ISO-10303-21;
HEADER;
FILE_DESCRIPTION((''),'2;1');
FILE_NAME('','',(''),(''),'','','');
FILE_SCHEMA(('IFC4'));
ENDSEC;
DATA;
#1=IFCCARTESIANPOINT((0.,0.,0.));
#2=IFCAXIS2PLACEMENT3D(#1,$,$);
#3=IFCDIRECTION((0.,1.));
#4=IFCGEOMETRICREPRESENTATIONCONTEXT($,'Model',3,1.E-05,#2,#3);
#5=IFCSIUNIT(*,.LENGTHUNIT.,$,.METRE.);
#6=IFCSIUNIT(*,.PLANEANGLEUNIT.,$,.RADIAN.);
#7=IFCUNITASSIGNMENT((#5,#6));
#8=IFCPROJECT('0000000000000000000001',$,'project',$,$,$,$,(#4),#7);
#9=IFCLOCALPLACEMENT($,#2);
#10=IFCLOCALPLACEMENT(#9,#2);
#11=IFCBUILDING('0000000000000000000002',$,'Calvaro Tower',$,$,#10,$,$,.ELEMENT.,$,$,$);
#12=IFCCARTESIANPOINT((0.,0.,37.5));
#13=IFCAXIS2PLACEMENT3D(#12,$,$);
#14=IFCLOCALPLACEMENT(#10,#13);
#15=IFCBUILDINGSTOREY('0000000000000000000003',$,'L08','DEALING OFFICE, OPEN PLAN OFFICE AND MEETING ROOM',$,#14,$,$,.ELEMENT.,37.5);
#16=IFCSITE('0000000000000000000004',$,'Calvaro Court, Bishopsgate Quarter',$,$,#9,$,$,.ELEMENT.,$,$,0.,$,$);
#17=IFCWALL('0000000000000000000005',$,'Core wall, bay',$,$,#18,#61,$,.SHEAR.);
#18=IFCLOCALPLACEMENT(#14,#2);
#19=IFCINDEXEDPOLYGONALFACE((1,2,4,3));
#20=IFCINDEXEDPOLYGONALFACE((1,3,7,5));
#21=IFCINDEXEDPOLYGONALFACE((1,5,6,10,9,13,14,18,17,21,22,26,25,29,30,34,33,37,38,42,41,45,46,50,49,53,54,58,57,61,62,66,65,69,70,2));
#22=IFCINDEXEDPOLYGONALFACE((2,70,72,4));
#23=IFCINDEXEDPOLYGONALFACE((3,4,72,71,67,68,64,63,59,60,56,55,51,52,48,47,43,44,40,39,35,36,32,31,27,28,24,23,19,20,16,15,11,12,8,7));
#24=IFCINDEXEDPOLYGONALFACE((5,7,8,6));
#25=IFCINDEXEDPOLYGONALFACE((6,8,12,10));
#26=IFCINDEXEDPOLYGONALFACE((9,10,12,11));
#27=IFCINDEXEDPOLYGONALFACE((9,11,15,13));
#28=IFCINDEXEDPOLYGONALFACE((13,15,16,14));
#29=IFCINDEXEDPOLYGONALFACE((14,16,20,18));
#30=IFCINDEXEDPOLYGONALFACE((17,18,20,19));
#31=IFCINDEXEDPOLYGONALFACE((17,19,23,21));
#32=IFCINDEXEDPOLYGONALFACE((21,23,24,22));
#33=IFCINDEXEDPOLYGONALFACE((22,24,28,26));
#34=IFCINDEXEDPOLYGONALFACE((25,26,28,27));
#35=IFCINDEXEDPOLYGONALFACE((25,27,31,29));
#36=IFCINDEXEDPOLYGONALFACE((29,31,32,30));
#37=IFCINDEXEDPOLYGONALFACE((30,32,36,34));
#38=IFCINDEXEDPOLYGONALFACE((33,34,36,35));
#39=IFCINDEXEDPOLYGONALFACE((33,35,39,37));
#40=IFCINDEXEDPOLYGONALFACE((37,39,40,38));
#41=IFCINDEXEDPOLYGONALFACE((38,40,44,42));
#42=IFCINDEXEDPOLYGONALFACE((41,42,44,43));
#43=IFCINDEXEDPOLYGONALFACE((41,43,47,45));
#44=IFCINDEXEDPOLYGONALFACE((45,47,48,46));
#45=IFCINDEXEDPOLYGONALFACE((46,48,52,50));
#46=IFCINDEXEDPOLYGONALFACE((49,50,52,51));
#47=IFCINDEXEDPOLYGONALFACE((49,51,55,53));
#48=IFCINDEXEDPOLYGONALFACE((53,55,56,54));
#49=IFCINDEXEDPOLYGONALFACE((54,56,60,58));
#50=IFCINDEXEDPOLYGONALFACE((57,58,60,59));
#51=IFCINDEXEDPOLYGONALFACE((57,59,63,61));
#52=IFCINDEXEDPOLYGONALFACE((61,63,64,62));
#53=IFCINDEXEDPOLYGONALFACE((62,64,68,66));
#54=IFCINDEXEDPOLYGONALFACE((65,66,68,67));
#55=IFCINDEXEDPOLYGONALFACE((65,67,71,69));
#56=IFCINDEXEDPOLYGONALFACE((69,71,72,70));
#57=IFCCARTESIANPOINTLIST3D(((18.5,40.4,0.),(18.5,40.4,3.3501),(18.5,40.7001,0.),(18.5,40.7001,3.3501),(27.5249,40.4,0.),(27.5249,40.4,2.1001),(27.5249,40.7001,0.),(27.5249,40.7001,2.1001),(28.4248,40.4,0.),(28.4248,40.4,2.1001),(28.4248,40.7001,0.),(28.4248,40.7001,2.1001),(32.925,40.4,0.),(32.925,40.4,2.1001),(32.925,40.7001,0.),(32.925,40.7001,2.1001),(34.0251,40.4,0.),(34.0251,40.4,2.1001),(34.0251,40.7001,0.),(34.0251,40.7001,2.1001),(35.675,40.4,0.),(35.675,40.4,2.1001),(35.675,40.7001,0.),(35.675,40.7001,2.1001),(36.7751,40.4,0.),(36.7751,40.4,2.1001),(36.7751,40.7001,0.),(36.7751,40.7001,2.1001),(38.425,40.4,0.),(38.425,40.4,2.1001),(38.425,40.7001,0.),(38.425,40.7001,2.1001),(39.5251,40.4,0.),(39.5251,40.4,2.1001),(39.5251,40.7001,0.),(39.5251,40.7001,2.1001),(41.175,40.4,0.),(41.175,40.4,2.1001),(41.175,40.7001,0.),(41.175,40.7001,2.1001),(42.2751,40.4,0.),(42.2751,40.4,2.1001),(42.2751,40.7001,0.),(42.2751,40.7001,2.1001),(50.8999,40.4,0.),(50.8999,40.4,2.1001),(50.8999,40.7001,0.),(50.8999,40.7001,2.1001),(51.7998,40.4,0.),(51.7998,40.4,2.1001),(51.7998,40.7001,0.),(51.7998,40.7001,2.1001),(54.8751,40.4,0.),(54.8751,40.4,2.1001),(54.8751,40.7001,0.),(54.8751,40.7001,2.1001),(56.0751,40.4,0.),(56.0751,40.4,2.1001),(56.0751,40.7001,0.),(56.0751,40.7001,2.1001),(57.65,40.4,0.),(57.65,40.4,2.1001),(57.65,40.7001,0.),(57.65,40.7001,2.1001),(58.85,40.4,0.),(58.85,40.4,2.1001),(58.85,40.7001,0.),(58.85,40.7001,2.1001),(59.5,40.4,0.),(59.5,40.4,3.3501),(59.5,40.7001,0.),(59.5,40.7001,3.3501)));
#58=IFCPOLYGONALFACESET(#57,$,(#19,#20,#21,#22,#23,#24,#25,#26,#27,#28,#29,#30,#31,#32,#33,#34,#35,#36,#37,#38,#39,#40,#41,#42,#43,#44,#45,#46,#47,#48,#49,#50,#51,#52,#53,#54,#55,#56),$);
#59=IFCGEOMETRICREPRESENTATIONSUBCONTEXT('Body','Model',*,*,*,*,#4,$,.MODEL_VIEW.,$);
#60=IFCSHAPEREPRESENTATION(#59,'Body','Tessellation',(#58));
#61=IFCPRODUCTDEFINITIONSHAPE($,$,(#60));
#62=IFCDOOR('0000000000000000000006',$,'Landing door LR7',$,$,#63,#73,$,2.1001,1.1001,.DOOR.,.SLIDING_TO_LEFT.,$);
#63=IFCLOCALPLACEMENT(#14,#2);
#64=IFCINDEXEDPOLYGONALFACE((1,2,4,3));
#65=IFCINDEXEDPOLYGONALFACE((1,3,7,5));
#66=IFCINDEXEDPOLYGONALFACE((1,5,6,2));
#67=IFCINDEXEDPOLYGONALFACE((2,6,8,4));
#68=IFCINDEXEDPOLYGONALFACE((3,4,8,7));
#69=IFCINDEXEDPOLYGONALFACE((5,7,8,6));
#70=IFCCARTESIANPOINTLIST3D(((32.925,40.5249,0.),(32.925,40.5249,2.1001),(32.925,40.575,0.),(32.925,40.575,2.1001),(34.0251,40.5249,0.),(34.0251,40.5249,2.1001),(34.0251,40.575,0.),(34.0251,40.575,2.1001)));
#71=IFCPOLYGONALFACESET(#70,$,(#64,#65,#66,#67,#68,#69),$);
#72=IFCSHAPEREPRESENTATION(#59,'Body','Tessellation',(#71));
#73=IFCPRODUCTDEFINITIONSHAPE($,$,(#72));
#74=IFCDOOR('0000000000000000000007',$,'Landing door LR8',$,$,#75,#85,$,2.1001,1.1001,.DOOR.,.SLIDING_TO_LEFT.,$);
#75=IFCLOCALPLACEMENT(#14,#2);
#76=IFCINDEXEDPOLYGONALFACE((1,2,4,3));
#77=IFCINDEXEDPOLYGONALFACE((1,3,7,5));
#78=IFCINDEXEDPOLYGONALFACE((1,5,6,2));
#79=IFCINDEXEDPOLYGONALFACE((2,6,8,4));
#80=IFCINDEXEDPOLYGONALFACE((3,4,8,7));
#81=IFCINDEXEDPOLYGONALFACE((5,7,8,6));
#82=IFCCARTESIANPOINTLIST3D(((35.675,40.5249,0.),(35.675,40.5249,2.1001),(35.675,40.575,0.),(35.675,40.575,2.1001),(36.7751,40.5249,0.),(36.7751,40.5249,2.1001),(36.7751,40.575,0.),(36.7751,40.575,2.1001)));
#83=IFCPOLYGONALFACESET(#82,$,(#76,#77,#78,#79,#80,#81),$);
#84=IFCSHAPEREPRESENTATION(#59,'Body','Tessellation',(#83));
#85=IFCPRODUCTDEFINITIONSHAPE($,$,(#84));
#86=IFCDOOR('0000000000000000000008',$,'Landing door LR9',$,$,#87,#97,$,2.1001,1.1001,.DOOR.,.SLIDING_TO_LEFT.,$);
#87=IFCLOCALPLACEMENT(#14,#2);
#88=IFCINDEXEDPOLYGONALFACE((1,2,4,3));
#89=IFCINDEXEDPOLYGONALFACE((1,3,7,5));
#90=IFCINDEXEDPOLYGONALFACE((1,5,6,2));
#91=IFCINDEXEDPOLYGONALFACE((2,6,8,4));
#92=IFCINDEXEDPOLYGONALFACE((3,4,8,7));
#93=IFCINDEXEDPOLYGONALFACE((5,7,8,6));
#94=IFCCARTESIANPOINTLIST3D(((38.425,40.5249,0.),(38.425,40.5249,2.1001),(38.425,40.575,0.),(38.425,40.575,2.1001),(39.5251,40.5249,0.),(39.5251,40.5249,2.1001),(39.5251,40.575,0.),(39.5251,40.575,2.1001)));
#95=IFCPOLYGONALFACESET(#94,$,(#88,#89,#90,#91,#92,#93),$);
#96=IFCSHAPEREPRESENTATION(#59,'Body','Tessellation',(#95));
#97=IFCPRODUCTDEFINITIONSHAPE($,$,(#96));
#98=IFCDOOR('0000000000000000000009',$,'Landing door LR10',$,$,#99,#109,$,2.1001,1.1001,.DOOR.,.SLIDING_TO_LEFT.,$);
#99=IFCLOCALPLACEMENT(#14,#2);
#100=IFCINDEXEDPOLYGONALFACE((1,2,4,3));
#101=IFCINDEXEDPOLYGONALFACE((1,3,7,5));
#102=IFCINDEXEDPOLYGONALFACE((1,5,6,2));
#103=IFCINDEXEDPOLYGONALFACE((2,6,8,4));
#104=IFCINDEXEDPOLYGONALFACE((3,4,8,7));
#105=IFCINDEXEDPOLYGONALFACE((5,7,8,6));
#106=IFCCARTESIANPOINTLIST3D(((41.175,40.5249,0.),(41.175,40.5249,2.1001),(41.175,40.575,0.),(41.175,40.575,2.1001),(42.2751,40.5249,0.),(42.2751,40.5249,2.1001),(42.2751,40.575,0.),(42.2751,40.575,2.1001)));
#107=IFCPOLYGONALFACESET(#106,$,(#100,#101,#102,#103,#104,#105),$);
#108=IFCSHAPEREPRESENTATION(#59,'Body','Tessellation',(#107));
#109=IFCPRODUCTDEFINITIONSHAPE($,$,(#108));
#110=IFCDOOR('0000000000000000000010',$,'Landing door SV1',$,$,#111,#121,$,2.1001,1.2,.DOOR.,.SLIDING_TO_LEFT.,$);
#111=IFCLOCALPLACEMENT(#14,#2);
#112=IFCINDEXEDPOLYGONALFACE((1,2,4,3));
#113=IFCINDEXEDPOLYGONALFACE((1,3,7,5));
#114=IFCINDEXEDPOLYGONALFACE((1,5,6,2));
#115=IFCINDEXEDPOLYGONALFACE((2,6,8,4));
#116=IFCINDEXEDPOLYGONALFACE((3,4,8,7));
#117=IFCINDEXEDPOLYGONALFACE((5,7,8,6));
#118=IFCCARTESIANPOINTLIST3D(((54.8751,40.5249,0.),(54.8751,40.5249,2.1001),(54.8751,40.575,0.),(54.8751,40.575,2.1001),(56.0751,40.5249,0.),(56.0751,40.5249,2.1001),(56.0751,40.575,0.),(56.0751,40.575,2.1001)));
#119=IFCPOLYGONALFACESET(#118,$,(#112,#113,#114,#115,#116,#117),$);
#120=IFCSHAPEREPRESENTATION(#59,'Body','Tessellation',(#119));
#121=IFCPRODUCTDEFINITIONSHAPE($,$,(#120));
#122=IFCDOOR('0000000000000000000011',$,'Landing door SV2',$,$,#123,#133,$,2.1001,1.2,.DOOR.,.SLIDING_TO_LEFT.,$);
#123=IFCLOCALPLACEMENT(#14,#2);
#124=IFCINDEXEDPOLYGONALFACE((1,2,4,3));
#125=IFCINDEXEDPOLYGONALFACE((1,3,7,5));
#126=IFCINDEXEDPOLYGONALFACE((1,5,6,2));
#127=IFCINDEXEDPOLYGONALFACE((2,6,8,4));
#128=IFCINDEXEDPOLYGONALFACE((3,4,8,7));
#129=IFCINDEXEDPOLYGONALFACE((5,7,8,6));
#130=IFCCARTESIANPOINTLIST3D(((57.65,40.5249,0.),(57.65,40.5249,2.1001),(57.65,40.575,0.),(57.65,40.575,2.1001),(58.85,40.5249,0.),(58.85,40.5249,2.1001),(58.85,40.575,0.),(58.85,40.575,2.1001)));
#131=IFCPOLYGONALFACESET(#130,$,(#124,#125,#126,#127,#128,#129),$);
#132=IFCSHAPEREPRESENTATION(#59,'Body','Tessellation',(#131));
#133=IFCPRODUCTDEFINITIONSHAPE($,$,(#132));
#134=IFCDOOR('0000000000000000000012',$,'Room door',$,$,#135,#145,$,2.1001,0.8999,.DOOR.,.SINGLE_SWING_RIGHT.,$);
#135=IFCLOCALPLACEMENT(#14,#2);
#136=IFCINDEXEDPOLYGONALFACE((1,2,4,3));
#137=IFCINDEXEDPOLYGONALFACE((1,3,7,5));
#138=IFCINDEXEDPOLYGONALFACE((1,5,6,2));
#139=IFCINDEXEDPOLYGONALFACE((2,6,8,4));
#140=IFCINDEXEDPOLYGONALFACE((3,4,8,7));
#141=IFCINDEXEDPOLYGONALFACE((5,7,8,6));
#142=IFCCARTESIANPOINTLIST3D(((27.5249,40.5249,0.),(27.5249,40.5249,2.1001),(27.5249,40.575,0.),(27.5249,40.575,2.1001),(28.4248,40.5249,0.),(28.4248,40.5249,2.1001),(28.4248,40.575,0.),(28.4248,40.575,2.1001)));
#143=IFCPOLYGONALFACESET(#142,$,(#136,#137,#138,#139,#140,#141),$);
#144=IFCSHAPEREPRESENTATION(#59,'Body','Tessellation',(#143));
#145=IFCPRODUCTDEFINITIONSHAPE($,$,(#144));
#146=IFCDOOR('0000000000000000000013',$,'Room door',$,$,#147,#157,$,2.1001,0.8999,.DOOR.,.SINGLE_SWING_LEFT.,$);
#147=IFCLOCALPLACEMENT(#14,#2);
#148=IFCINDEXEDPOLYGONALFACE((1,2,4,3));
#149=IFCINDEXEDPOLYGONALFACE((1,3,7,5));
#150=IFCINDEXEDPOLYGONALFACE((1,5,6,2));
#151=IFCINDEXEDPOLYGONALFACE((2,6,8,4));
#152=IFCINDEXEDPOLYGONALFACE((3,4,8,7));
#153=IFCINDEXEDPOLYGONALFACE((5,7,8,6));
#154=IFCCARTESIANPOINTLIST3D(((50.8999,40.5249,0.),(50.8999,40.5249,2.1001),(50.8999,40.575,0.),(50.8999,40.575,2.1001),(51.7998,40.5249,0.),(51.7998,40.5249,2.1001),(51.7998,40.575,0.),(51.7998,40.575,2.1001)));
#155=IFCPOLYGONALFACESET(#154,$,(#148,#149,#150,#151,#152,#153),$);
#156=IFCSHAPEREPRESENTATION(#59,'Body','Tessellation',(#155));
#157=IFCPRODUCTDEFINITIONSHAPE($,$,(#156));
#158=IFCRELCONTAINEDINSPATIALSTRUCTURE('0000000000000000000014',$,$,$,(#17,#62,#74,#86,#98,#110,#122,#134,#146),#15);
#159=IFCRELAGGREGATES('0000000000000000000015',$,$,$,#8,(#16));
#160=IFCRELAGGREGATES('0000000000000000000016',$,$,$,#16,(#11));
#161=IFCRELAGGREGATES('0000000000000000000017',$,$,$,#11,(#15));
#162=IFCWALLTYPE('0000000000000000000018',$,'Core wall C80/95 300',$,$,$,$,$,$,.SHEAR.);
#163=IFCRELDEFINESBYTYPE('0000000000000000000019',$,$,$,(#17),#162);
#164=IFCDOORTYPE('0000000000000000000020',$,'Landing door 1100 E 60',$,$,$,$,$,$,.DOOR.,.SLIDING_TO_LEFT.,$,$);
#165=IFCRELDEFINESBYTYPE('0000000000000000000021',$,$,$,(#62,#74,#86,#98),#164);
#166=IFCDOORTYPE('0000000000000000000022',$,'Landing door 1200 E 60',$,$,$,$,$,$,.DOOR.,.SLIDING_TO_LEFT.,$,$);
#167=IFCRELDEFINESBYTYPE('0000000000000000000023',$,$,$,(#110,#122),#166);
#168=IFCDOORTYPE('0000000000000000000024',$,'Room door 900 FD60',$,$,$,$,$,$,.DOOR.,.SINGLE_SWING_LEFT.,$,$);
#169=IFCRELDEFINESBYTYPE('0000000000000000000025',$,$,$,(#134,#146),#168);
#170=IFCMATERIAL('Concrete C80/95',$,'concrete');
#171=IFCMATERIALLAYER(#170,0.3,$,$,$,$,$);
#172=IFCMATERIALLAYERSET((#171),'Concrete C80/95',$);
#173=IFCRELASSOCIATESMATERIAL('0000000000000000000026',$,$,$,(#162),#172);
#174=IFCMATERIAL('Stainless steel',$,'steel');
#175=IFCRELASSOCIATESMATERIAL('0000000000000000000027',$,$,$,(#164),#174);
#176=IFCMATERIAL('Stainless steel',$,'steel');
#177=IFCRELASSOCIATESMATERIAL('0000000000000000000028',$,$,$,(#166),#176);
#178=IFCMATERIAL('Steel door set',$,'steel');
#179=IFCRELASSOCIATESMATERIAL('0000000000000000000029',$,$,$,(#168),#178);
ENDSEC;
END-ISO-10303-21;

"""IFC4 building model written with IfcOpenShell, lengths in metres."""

from ifc_helpers import new_model, si_unit, direction, frame, frame_2d, origin, place, context, subcontext, project, spatial, rectangle, extrude, material, layer, layer_set, type_object, element, fill, save


model = new_model("IFC4")

# Units and contexts
model_context = context("Model", 3, precision=1e-05, world=origin(), true_north=direction((0.0, 1.0)))
body_context = subcontext(model_context, "Body", "Model", "MODEL_VIEW")
ifc_project = project(units=[si_unit("LENGTHUNIT", "METRE"), si_unit("PLANEANGLEUNIT", "RADIAN")], contexts=[model_context])

# Site, building, storey
site_placement = place(None, origin())
site = spatial("IfcSite", under=ifc_project, at=site_placement, Name="Calvaro Court, Bishopsgate Quarter", CompositionType="ELEMENT", RefElevation=0.0)
building_placement = place(site_placement, origin())
building = spatial("IfcBuilding", under=site, at=building_placement, Name="Calvaro Tower", CompositionType="ELEMENT")
storey_placement = place(building_placement, frame((0.0, 0.0, 37.5)))
storey = spatial("IfcBuildingStorey", under=building, at=storey_placement, Name="L08", Description="DEALING OFFICE, OPEN PLAN OFFICE AND MEETING ROOM", CompositionType="ELEMENT", Elevation=37.5)

# Shared definitions
ifc_material_1 = material(Name="Concrete C80/95", Category="concrete")
ifc_layer_1 = layer(ifc_material_1, 0.3)
ifc_layer_set_1 = layer_set([ifc_layer_1], Name="Concrete C80/95")
wall_type_1 = type_object("IfcWallType", Name="Core wall C80/95 300", PredefinedType="SHEAR", material=ifc_layer_set_1)
ifc_material_2 = material(Name="Stainless steel", Category="steel")
door_type_1 = type_object("IfcDoorType", Name="Landing door 1100 E 60", OperationType="SLIDING_TO_LEFT", PredefinedType="DOOR", material=ifc_material_2)

# Wall, openings, doors
wall_1_placement = place(storey_placement, frame((18.5, 40.55, 0.0), z_axis=(0.0, 0.0, 1.0), x_axis=(1.0, 0.0, 0.0)))
wall_1 = element("IfcWall", 1, at=wall_1_placement, inside=storey, type_object=wall_type_1, Name="Core wall, bay", PredefinedType="SHEAR", context=body_context, shape_type="SweptSolid", body=[
    extrude(rectangle(XDim=41.0, YDim=0.3, at=frame_2d((20.5, 0.0))), origin(), (0.0, 0.0, 1.0), 3.3501),
])
opening_1_placement = place(wall_1_placement, frame((9.0249, 0.0, 0.0)))
opening_1 = element("IfcOpeningElement", 2, at=opening_1_placement, cuts=wall_1, PredefinedType="OPENING", context=body_context, shape_type="SweptSolid", body=[
    extrude(rectangle(XDim=0.8999, YDim=2.1001, at=frame_2d((0.45, 1.05))), frame((0.0, 0.1599, 0.0), z_axis=(0.0, -1.0, 0.0), x_axis=(1.0, 0.0, 0.0)), (0.0, 0.0, 1.0), 0.3201),
])
opening_2_placement = place(wall_1_placement, frame((32.3999, 0.0, 0.0)))
opening_2 = element("IfcOpeningElement", 3, at=opening_2_placement, cuts=wall_1, PredefinedType="OPENING", context=body_context, shape_type="SweptSolid", body=[
    extrude(rectangle(XDim=0.8999, YDim=2.1001, at=frame_2d((0.45, 1.05))), frame((0.0, 0.1599, 0.0), z_axis=(0.0, -1.0, 0.0), x_axis=(1.0, 0.0, 0.0)), (0.0, 0.0, 1.0), 0.3201),
])
opening_3_placement = place(wall_1_placement, frame((14.425, 0.0, 0.0)))
opening_3 = element("IfcOpeningElement", 4, at=opening_3_placement, cuts=wall_1, PredefinedType="OPENING", context=body_context, shape_type="SweptSolid", body=[
    extrude(rectangle(XDim=1.1001, YDim=2.1001, at=frame_2d((0.55, 1.05))), frame((0.0, 0.1599, 0.0), z_axis=(0.0, -1.0, 0.0), x_axis=(1.0, 0.0, 0.0)), (0.0, 0.0, 1.0), 0.3201),
])
opening_4_placement = place(wall_1_placement, frame((17.175, 0.0, 0.0)))
opening_4 = element("IfcOpeningElement", 5, at=opening_4_placement, cuts=wall_1, PredefinedType="OPENING", context=body_context, shape_type="SweptSolid", body=[
    extrude(rectangle(XDim=1.1001, YDim=2.1001, at=frame_2d((0.55, 1.05))), frame((0.0, 0.1599, 0.0), z_axis=(0.0, -1.0, 0.0), x_axis=(1.0, 0.0, 0.0)), (0.0, 0.0, 1.0), 0.3201),
])
opening_5_placement = place(wall_1_placement, frame((19.925, 0.0, 0.0)))
opening_5 = element("IfcOpeningElement", 6, at=opening_5_placement, cuts=wall_1, PredefinedType="OPENING", context=body_context, shape_type="SweptSolid", body=[
    extrude(rectangle(XDim=1.1001, YDim=2.1001, at=frame_2d((0.55, 1.05))), frame((0.0, 0.1599, 0.0), z_axis=(0.0, -1.0, 0.0), x_axis=(1.0, 0.0, 0.0)), (0.0, 0.0, 1.0), 0.3201),
])
opening_6_placement = place(wall_1_placement, frame((22.675, 0.0, 0.0)))
opening_6 = element("IfcOpeningElement", 7, at=opening_6_placement, cuts=wall_1, PredefinedType="OPENING", context=body_context, shape_type="SweptSolid", body=[
    extrude(rectangle(XDim=1.1001, YDim=2.1001, at=frame_2d((0.55, 1.05))), frame((0.0, 0.1599, 0.0), z_axis=(0.0, -1.0, 0.0), x_axis=(1.0, 0.0, 0.0)), (0.0, 0.0, 1.0), 0.3201),
])
opening_7_placement = place(wall_1_placement, frame((36.375, 0.0, 0.0)))
opening_7 = element("IfcOpeningElement", 8, at=opening_7_placement, cuts=wall_1, PredefinedType="OPENING", context=body_context, shape_type="SweptSolid", body=[
    extrude(rectangle(XDim=1.2, YDim=2.1001, at=frame_2d((0.6001, 1.05))), frame((0.0, 0.1599, 0.0), z_axis=(0.0, -1.0, 0.0), x_axis=(1.0, 0.0, 0.0)), (0.0, 0.0, 1.0), 0.3201),
])
opening_8_placement = place(wall_1_placement, frame((39.1499, 0.0, 0.0)))
opening_8 = element("IfcOpeningElement", 9, at=opening_8_placement, cuts=wall_1, PredefinedType="OPENING", context=body_context, shape_type="SweptSolid", body=[
    extrude(rectangle(XDim=1.2, YDim=2.1001, at=frame_2d((0.6001, 1.05))), frame((0.0, 0.1599, 0.0), z_axis=(0.0, -1.0, 0.0), x_axis=(1.0, 0.0, 0.0)), (0.0, 0.0, 1.0), 0.3201),
])
door_1_placement = place(opening_3_placement, origin())
door_1 = element("IfcDoor", 10, at=door_1_placement, inside=storey, type_object=door_type_1, Name="Landing door LR7", OperationType="SLIDING_TO_LEFT", OverallHeight=2.1001, OverallWidth=1.1001, PredefinedType="DOOR", context=body_context, shape_type="SweptSolid", body=[
    extrude(rectangle(XDim=1.1001, YDim=2.1001, at=frame_2d((0.55, 1.05))), frame((0.0, 0.0249, 0.0), z_axis=(0.0, -1.0, 0.0), x_axis=(1.0, 0.0, 0.0)), (0.0, 0.0, 1.0), 0.05),
])
fill(opening_3, door_1)
door_2_placement = place(opening_4_placement, origin())
door_2 = element("IfcDoor", 11, at=door_2_placement, inside=storey, type_object=door_type_1, Name="Landing door LR8", OperationType="SLIDING_TO_LEFT", OverallHeight=2.1001, OverallWidth=1.1001, PredefinedType="DOOR", context=body_context, shape_type="SweptSolid", body=[
    extrude(rectangle(XDim=1.1001, YDim=2.1001, at=frame_2d((0.55, 1.05))), frame((0.0, 0.0249, 0.0), z_axis=(0.0, -1.0, 0.0), x_axis=(1.0, 0.0, 0.0)), (0.0, 0.0, 1.0), 0.05),
])
fill(opening_4, door_2)
door_3_placement = place(opening_5_placement, origin())
door_3 = element("IfcDoor", 12, at=door_3_placement, inside=storey, type_object=door_type_1, Name="Landing door LR9", OperationType="SLIDING_TO_LEFT", OverallHeight=2.1001, OverallWidth=1.1001, PredefinedType="DOOR", context=body_context, shape_type="SweptSolid", body=[
    extrude(rectangle(XDim=1.1001, YDim=2.1001, at=frame_2d((0.55, 1.05))), frame((0.0, 0.0249, 0.0), z_axis=(0.0, -1.0, 0.0), x_axis=(1.0, 0.0, 0.0)), (0.0, 0.0, 1.0), 0.05),
])
fill(opening_5, door_3)
door_4_placement = place(opening_6_placement, origin())
door_4 = element("IfcDoor", 13, at=door_4_placement, inside=storey, type_object=door_type_1, Name="Landing door LR10", OperationType="SLIDING_TO_LEFT", OverallHeight=2.1001, OverallWidth=1.1001, PredefinedType="DOOR", context=body_context, shape_type="SweptSolid", body=[
    extrude(rectangle(XDim=1.1001, YDim=2.1001, at=frame_2d((0.55, 1.05))), frame((0.0, 0.0249, 0.0), z_axis=(0.0, -1.0, 0.0), x_axis=(1.0, 0.0, 0.0)), (0.0, 0.0, 1.0), 0.05),
])
fill(opening_6, door_4)
ifc_material_3 = material(Name="Stainless steel", Category="steel")
door_type_2 = type_object("IfcDoorType", Name="Landing door 1200 E 60", OperationType="SLIDING_TO_LEFT", PredefinedType="DOOR", material=ifc_material_3)
door_5_placement = place(opening_7_placement, origin())
door_5 = element("IfcDoor", 14, at=door_5_placement, inside=storey, type_object=door_type_2, Name="Landing door SV1", OperationType="SLIDING_TO_LEFT", OverallHeight=2.1001, OverallWidth=1.2, PredefinedType="DOOR", context=body_context, shape_type="SweptSolid", body=[
    extrude(rectangle(XDim=1.2, YDim=2.1001, at=frame_2d((0.6001, 1.05))), frame((0.0, 0.0249, 0.0), z_axis=(0.0, -1.0, 0.0), x_axis=(1.0, 0.0, 0.0)), (0.0, 0.0, 1.0), 0.05),
])
fill(opening_7, door_5)
door_6_placement = place(opening_8_placement, origin())
door_6 = element("IfcDoor", 15, at=door_6_placement, inside=storey, type_object=door_type_2, Name="Landing door SV2", OperationType="SLIDING_TO_LEFT", OverallHeight=2.1001, OverallWidth=1.2, PredefinedType="DOOR", context=body_context, shape_type="SweptSolid", body=[
    extrude(rectangle(XDim=1.2, YDim=2.1001, at=frame_2d((0.6001, 1.05))), frame((0.0, 0.0249, 0.0), z_axis=(0.0, -1.0, 0.0), x_axis=(1.0, 0.0, 0.0)), (0.0, 0.0, 1.0), 0.05),
])
fill(opening_8, door_6)
ifc_material_4 = material(Name="Steel door set", Category="steel")
door_type_3 = type_object("IfcDoorType", Name="Room door 900 FD60", OperationType="SINGLE_SWING_LEFT", PredefinedType="DOOR", material=ifc_material_4)
door_7_placement = place(opening_1_placement, origin())
door_7 = element("IfcDoor", 16, at=door_7_placement, inside=storey, type_object=door_type_3, Name="Room door", OperationType="SINGLE_SWING_RIGHT", OverallHeight=2.1001, OverallWidth=0.8999, PredefinedType="DOOR", context=body_context, shape_type="SweptSolid", body=[
    extrude(rectangle(XDim=0.8999, YDim=2.1001, at=frame_2d((0.45, 1.05))), frame((0.0, 0.0249, 0.0), z_axis=(0.0, -1.0, 0.0), x_axis=(1.0, 0.0, 0.0)), (0.0, 0.0, 1.0), 0.05),
])
fill(opening_1, door_7)
door_8_placement = place(opening_2_placement, origin())
door_8 = element("IfcDoor", 17, at=door_8_placement, inside=storey, type_object=door_type_3, Name="Room door", OperationType="SINGLE_SWING_LEFT", OverallHeight=2.1001, OverallWidth=0.8999, PredefinedType="DOOR", context=body_context, shape_type="SweptSolid", body=[
    extrude(rectangle(XDim=0.8999, YDim=2.1001, at=frame_2d((0.45, 1.05))), frame((0.0, 0.0249, 0.0), z_axis=(0.0, -1.0, 0.0), x_axis=(1.0, 0.0, 0.0)), (0.0, 0.0, 1.0), 0.05),
])
fill(opening_2, door_8)

save(model, "model.ifc")
